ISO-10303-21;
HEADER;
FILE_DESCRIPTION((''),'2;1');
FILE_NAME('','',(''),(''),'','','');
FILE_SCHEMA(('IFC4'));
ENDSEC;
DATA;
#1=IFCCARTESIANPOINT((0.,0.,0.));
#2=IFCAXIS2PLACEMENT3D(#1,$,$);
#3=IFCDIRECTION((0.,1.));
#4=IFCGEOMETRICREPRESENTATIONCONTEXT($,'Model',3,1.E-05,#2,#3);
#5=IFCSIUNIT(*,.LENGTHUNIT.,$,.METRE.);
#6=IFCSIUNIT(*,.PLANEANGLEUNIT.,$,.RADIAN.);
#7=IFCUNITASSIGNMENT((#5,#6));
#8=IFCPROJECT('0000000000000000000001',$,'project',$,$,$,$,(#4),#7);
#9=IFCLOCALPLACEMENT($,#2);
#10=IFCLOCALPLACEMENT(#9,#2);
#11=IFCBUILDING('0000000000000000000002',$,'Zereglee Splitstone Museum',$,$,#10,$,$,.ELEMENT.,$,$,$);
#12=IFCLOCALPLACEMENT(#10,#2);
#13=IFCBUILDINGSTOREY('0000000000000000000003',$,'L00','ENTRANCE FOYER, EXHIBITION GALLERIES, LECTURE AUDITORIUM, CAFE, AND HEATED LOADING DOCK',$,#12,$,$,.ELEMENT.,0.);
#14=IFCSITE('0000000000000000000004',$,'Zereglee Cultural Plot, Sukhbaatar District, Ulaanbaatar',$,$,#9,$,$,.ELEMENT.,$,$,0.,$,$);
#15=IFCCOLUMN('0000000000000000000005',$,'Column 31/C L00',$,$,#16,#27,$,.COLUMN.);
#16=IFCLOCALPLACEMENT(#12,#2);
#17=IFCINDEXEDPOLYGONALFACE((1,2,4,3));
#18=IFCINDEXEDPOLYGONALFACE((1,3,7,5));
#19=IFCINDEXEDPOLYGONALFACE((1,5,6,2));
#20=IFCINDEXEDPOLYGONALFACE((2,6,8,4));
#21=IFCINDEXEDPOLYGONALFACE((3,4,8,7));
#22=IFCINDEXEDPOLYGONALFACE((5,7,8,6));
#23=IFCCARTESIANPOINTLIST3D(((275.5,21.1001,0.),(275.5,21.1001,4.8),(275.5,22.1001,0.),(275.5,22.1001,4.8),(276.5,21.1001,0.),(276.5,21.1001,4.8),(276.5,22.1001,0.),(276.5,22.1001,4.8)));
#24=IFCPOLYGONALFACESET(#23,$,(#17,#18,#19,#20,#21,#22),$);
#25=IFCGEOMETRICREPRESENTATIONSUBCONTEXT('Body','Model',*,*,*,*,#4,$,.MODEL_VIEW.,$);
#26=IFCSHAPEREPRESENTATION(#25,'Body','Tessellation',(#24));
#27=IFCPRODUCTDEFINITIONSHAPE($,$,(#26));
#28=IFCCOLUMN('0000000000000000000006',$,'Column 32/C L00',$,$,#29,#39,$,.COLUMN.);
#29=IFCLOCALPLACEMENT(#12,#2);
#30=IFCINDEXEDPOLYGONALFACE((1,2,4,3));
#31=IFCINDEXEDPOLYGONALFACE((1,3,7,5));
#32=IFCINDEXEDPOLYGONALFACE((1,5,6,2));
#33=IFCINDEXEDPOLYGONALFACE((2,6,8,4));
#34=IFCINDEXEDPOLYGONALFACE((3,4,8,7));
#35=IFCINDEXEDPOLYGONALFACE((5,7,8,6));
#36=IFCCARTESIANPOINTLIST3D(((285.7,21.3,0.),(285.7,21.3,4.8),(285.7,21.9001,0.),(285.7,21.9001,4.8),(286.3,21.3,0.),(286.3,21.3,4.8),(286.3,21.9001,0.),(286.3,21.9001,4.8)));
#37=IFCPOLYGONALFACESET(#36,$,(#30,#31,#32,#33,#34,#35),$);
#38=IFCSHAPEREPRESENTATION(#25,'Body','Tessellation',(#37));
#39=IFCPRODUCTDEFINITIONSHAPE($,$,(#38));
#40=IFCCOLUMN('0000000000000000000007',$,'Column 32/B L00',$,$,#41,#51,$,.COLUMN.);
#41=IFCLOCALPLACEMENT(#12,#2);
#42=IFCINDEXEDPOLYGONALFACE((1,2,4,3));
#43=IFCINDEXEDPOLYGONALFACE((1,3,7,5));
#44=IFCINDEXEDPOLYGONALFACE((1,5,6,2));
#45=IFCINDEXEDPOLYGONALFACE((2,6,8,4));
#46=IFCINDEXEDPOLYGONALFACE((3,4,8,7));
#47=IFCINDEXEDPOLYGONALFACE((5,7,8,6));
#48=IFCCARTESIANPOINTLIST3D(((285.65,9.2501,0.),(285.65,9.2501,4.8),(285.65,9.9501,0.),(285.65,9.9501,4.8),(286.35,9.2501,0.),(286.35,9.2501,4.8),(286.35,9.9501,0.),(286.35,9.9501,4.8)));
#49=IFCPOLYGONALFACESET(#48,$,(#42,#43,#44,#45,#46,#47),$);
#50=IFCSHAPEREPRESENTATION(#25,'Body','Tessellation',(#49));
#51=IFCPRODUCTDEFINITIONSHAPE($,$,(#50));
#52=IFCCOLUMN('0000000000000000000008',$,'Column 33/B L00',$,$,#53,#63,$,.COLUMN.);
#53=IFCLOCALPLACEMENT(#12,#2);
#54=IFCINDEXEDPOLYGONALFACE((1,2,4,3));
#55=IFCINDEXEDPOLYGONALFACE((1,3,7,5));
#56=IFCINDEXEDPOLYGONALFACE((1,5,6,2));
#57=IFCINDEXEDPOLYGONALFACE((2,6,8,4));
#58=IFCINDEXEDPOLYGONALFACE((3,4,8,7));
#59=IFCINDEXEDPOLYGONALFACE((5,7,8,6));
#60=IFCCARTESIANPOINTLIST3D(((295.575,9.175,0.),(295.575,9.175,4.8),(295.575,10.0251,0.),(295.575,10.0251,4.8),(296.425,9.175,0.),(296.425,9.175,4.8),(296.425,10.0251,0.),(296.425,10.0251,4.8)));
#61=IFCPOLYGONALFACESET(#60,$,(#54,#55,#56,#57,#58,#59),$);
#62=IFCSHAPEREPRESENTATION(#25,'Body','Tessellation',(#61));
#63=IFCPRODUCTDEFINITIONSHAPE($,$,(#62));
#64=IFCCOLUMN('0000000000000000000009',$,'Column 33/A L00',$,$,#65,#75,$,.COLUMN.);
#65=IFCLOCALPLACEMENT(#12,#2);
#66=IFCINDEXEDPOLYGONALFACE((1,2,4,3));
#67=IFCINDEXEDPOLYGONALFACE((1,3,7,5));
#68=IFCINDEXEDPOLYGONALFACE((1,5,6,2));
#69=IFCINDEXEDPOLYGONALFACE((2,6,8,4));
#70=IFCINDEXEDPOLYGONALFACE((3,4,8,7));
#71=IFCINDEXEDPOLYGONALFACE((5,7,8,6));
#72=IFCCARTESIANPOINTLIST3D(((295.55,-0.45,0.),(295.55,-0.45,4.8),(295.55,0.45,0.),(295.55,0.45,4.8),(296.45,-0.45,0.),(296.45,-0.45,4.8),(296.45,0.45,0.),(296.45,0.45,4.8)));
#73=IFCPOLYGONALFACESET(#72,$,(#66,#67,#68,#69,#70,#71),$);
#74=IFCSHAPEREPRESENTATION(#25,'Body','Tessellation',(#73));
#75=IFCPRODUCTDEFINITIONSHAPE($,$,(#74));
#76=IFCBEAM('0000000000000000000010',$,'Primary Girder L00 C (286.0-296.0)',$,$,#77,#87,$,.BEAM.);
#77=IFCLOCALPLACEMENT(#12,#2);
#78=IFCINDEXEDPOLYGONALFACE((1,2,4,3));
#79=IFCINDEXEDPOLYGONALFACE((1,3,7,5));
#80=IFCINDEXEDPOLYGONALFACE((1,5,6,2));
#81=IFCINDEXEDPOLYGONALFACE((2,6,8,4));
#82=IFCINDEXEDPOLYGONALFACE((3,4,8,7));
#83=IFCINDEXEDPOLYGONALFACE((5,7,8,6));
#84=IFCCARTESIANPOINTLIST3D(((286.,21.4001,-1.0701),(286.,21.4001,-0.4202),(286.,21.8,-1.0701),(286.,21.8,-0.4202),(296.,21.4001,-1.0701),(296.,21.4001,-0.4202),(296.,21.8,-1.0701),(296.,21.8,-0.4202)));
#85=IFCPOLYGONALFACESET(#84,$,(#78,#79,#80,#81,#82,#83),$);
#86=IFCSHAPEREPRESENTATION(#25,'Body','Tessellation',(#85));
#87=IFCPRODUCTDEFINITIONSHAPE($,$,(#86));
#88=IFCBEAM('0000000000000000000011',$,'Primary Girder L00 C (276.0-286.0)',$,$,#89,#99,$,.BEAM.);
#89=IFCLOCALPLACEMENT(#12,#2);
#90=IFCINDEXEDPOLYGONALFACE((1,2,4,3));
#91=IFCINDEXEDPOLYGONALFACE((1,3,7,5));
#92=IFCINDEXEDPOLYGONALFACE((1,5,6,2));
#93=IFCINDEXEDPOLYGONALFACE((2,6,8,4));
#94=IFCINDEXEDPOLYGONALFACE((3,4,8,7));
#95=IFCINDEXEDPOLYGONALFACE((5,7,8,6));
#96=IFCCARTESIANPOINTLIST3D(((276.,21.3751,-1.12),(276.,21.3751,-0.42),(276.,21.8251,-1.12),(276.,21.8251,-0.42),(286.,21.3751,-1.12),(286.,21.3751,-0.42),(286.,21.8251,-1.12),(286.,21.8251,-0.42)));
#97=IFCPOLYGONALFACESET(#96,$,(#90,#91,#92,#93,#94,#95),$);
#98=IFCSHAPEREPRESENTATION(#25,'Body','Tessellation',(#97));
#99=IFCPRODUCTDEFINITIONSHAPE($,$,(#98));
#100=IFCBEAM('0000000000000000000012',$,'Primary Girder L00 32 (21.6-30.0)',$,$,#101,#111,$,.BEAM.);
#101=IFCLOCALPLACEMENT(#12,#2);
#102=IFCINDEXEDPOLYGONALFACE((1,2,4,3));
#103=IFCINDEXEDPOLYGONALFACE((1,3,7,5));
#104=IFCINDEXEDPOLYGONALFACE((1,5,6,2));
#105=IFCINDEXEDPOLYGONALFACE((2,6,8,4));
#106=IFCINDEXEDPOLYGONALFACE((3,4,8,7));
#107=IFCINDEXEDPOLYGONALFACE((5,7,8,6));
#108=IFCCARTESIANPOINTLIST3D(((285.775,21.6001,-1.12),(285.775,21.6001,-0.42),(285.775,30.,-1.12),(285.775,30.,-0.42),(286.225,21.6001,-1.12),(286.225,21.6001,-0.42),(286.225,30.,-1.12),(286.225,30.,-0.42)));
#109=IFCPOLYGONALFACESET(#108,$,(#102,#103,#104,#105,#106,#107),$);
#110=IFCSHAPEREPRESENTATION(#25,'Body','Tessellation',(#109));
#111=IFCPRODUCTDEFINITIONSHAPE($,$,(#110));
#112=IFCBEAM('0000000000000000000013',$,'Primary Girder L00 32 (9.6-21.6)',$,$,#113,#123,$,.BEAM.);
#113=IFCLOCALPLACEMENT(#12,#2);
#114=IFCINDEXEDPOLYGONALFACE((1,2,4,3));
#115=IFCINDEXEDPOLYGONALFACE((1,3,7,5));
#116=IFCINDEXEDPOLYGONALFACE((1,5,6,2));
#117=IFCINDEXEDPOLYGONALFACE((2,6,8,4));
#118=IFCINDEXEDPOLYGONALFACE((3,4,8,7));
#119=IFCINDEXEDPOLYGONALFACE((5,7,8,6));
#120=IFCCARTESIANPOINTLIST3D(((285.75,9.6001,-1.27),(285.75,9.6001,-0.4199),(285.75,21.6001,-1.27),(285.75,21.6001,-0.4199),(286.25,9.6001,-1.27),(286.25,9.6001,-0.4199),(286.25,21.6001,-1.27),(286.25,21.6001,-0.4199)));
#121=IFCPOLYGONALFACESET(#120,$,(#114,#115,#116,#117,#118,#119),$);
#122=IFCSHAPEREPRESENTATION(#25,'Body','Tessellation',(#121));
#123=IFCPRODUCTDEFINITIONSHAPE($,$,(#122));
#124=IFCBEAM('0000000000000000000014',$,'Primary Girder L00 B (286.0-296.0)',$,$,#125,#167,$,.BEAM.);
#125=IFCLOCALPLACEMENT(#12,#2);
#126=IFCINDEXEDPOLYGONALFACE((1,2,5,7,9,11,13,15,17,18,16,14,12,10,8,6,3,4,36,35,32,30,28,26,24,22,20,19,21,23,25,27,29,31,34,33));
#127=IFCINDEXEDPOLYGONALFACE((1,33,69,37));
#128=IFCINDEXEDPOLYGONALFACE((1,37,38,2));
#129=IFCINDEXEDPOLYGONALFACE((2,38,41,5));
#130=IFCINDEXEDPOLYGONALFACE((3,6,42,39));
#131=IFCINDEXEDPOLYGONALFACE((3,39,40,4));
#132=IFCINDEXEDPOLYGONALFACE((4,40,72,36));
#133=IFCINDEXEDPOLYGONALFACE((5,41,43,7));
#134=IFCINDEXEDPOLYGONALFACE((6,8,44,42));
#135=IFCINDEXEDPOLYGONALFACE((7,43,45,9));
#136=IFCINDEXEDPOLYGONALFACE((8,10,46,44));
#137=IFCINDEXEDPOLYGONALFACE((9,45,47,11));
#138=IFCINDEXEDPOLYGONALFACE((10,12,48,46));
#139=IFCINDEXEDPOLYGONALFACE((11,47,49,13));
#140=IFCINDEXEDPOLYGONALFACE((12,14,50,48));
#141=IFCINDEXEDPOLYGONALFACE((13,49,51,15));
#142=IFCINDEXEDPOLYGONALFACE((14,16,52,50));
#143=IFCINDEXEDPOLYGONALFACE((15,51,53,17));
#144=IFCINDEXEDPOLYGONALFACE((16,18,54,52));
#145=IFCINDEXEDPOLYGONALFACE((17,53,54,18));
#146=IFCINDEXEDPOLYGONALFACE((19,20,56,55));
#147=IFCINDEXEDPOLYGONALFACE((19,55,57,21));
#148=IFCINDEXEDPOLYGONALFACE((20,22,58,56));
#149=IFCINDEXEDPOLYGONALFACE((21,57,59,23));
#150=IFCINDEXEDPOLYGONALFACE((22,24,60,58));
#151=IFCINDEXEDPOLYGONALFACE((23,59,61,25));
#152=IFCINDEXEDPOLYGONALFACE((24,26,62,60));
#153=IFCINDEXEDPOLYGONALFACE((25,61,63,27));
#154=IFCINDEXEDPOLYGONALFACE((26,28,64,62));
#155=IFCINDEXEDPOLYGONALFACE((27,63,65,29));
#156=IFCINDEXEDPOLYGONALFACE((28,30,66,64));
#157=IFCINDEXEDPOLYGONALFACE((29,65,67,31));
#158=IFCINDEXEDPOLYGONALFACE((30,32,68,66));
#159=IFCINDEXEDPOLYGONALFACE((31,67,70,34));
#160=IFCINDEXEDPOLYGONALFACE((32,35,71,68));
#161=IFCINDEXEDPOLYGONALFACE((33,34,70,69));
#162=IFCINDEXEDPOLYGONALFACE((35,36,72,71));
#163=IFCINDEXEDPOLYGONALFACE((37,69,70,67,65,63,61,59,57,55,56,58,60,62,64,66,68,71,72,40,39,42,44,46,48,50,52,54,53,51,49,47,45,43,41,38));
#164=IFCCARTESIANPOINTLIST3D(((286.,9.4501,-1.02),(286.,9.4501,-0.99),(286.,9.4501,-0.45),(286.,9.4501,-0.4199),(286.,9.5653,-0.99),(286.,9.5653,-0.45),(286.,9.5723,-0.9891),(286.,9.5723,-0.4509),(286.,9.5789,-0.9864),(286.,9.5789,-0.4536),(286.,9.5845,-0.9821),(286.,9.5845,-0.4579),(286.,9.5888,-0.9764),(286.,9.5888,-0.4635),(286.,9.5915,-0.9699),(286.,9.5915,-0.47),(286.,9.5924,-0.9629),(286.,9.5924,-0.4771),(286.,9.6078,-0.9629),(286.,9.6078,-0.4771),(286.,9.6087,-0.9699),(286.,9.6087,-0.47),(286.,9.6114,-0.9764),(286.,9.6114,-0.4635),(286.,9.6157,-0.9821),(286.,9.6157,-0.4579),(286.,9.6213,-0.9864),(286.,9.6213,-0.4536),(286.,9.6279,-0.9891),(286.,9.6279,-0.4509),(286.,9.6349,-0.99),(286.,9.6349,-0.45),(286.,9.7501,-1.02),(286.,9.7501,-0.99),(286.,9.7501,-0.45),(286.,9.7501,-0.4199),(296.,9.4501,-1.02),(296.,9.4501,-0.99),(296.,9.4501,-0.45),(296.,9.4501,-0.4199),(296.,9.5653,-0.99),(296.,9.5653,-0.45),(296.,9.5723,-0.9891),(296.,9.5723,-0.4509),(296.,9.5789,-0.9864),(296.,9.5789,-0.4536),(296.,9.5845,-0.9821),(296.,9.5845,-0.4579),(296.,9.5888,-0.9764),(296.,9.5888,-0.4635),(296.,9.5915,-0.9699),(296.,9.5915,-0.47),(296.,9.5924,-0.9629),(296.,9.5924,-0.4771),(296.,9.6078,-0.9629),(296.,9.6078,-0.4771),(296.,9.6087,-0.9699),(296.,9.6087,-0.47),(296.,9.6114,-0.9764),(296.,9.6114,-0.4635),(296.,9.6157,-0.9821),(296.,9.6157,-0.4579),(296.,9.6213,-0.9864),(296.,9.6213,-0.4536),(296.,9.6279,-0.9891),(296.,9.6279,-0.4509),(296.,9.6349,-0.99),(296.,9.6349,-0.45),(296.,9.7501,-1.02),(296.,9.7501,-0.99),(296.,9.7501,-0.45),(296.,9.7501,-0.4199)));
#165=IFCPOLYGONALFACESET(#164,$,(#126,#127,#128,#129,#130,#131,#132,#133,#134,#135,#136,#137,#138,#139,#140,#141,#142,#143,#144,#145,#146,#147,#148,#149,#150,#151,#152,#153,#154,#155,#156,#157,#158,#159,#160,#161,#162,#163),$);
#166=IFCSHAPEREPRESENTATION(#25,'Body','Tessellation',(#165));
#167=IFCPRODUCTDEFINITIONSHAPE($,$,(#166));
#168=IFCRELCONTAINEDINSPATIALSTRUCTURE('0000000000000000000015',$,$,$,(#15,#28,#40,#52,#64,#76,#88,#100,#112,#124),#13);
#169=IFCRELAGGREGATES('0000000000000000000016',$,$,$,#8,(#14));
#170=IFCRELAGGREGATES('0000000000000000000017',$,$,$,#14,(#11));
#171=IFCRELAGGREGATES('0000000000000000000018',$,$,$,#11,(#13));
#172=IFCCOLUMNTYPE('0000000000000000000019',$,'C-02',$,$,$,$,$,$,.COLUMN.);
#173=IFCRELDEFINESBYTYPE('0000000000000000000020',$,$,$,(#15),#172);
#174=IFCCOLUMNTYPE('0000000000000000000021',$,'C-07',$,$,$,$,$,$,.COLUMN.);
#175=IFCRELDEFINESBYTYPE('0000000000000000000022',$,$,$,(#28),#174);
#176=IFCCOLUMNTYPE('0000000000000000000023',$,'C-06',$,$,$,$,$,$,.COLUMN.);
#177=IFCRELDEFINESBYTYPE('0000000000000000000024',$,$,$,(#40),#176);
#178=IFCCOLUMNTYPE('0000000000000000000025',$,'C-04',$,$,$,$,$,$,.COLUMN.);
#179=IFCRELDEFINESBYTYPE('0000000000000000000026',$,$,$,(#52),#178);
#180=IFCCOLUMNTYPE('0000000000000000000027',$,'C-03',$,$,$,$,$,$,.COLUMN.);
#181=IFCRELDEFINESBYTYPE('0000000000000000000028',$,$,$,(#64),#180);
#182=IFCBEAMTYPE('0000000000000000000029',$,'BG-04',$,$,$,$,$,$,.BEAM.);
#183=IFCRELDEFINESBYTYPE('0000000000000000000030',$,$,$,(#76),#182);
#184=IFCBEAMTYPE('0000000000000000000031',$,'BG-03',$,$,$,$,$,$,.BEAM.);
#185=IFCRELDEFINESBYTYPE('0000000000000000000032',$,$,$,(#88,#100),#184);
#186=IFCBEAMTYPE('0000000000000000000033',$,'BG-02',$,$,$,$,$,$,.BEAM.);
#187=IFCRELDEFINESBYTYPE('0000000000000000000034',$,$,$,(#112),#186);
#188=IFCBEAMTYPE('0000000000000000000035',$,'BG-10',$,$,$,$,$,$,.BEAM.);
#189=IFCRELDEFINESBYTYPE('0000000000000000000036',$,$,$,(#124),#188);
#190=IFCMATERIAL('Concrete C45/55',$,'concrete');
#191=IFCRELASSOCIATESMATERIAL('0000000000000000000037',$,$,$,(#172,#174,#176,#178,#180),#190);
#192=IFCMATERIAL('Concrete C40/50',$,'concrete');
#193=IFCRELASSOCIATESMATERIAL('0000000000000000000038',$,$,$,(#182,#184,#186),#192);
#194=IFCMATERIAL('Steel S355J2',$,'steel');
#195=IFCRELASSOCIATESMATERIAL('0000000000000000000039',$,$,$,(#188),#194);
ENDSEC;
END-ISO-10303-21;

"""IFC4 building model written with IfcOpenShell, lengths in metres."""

from ifc_helpers import new_model, si_unit, direction, frame, origin, origin_2d, place, context, subcontext, project, spatial, rectangle, i_section, extrude, material, material_profile, profile_set, type_object, element, save


model = new_model("IFC4")

# Units and contexts
model_context = context("Model", 3, precision=1e-05, world=origin(), true_north=direction((0.0, 1.0)))
body_context = subcontext(model_context, "Body", "Model", "MODEL_VIEW")
ifc_project = project(units=[si_unit("LENGTHUNIT", "METRE"), si_unit("PLANEANGLEUNIT", "RADIAN")], contexts=[model_context])

# Site, building, storey
site_placement = place(None, origin())
site = spatial("IfcSite", under=ifc_project, at=site_placement, Name="Zereglee Cultural Plot, Sukhbaatar District, Ulaanbaatar", CompositionType="ELEMENT", RefElevation=0.0)
building_placement = place(site_placement, origin())
building = spatial("IfcBuilding", under=site, at=building_placement, Name="Zereglee Splitstone Museum", CompositionType="ELEMENT")
storey_placement = place(building_placement, origin())
storey = spatial("IfcBuildingStorey", under=building, at=storey_placement, Name="L00", Description="ENTRANCE FOYER, EXHIBITION GALLERIES, LECTURE AUDITORIUM, CAFE, AND HEATED LOADING DOCK", CompositionType="ELEMENT", Elevation=0.0)

# Columns
ifc_material_1 = material(Name="Concrete C45/55", Category="concrete")
ifc_material_profile_1 = material_profile(ifc_material_1, rectangle(XDim=1.0, YDim=1.0, at=origin_2d()), Name="RC 1000x1000")
ifc_profile_set_1 = profile_set([ifc_material_profile_1], Name="Concrete C45/55")
column_type_1 = type_object("IfcColumnType", Name="C-02", PredefinedType="COLUMN", material=ifc_profile_set_1)
column_1_placement = place(storey_placement, frame((276.0, 21.6001, 0.0), z_axis=(0.0, 0.0, 1.0), x_axis=(1.0, 0.0, 0.0)))
element("IfcColumn", 1, at=column_1_placement, inside=storey, type_object=column_type_1, Name="Column 31/C L00", PredefinedType="COLUMN", context=body_context, shape_type="SweptSolid", body=[
    extrude(rectangle(XDim=1.0, YDim=1.0, at=origin_2d()), origin(), (0.0, 0.0, 1.0), 4.8),
])
ifc_material_profile_2 = material_profile(ifc_material_1, rectangle(XDim=0.6001, YDim=0.6001, at=origin_2d()), Name="RC 600x600")
ifc_profile_set_2 = profile_set([ifc_material_profile_2], Name="Concrete C45/55")
column_type_2 = type_object("IfcColumnType", Name="C-07", PredefinedType="COLUMN", material=ifc_profile_set_2)
column_2_placement = place(storey_placement, frame((286.0, 21.6001, 0.0), z_axis=(0.0, 0.0, 1.0), x_axis=(1.0, 0.0, 0.0)))
element("IfcColumn", 2, at=column_2_placement, inside=storey, type_object=column_type_2, Name="Column 32/C L00", PredefinedType="COLUMN", context=body_context, shape_type="SweptSolid", body=[
    extrude(rectangle(XDim=0.6001, YDim=0.6001, at=origin_2d()), origin(), (0.0, 0.0, 1.0), 4.8),
])
ifc_material_profile_3 = material_profile(ifc_material_1, rectangle(XDim=0.7, YDim=0.7, at=origin_2d()), Name="RC 700x700")
ifc_profile_set_3 = profile_set([ifc_material_profile_3], Name="Concrete C45/55")
column_type_3 = type_object("IfcColumnType", Name="C-06", PredefinedType="COLUMN", material=ifc_profile_set_3)
column_3_placement = place(storey_placement, frame((286.0, 9.6001, 0.0), z_axis=(0.0, 0.0, 1.0), x_axis=(1.0, 0.0, 0.0)))
element("IfcColumn", 3, at=column_3_placement, inside=storey, type_object=column_type_3, Name="Column 32/B L00", PredefinedType="COLUMN", context=body_context, shape_type="SweptSolid", body=[
    extrude(rectangle(XDim=0.7, YDim=0.7, at=origin_2d()), origin(), (0.0, 0.0, 1.0), 4.8),
])
ifc_material_profile_4 = material_profile(ifc_material_1, rectangle(XDim=0.8501, YDim=0.8501, at=origin_2d()), Name="RC 850x850")
ifc_profile_set_4 = profile_set([ifc_material_profile_4], Name="Concrete C45/55")
column_type_4 = type_object("IfcColumnType", Name="C-04", PredefinedType="COLUMN", material=ifc_profile_set_4)
column_4_placement = place(storey_placement, frame((296.0, 9.6001, 0.0), z_axis=(0.0, 0.0, 1.0), x_axis=(1.0, 0.0, 0.0)))
element("IfcColumn", 4, at=column_4_placement, inside=storey, type_object=column_type_4, Name="Column 33/B L00", PredefinedType="COLUMN", context=body_context, shape_type="SweptSolid", body=[
    extrude(rectangle(XDim=0.8501, YDim=0.8501, at=origin_2d()), origin(), (0.0, 0.0, 1.0), 4.8),
])
ifc_material_profile_5 = material_profile(ifc_material_1, rectangle(XDim=0.8999, YDim=0.8999, at=origin_2d()), Name="RC 900x900")
ifc_profile_set_5 = profile_set([ifc_material_profile_5], Name="Concrete C45/55")
column_type_5 = type_object("IfcColumnType", Name="C-03", PredefinedType="COLUMN", material=ifc_profile_set_5)
column_5_placement = place(storey_placement, frame((296.0, 0.0, 0.0), z_axis=(0.0, 0.0, 1.0), x_axis=(1.0, 0.0, 0.0)))
element("IfcColumn", 5, at=column_5_placement, inside=storey, type_object=column_type_5, Name="Column 33/A L00", PredefinedType="COLUMN", context=body_context, shape_type="SweptSolid", body=[
    extrude(rectangle(XDim=0.8999, YDim=0.8999, at=origin_2d()), origin(), (0.0, 0.0, 1.0), 4.8),
])

# Beams
ifc_material_2 = material(Name="Concrete C40/50", Category="concrete")
ifc_material_profile_6 = material_profile(ifc_material_2, rectangle(XDim=0.3999, YDim=0.6499, at=origin_2d()), Name="RC 400x650")
ifc_profile_set_6 = profile_set([ifc_material_profile_6], Name="Concrete C40/50")
beam_type_1 = type_object("IfcBeamType", Name="BG-04", PredefinedType="BEAM", material=ifc_profile_set_6)
beam_1_placement = place(storey_placement, frame((286.0, 21.6001, -0.7451), z_axis=(1.0, 0.0, 0.0), x_axis=(0.0, 1.0, 0.0)))
element("IfcBeam", 6, at=beam_1_placement, inside=storey, type_object=beam_type_1, Name="Primary Girder L00 C (286.0-296.0)", PredefinedType="BEAM", context=body_context, shape_type="SweptSolid", body=[
    extrude(rectangle(XDim=0.3999, YDim=0.6499, at=origin_2d()), origin(), (0.0, 0.0, 1.0), 10.0),
])
ifc_material_profile_7 = material_profile(ifc_material_2, rectangle(XDim=0.45, YDim=0.7, at=origin_2d()), Name="RC 450x700")
ifc_profile_set_7 = profile_set([ifc_material_profile_7], Name="Concrete C40/50")
beam_type_2 = type_object("IfcBeamType", Name="BG-03", PredefinedType="BEAM", material=ifc_profile_set_7)
beam_2_placement = place(storey_placement, frame((276.0, 21.6001, -0.77), z_axis=(1.0, 0.0, 0.0), x_axis=(0.0, 1.0, 0.0)))
element("IfcBeam", 7, at=beam_2_placement, inside=storey, type_object=beam_type_2, Name="Primary Girder L00 C (276.0-286.0)", PredefinedType="BEAM", context=body_context, shape_type="SweptSolid", body=[
    extrude(rectangle(XDim=0.45, YDim=0.7, at=origin_2d()), origin(), (0.0, 0.0, 1.0), 10.0),
])
beam_3_placement = place(storey_placement, frame((286.0, 21.6001, -0.77), z_axis=(0.0, 1.0, 0.0), x_axis=(-1.0, 0.0, 0.0)))
element("IfcBeam", 8, at=beam_3_placement, inside=storey, type_object=beam_type_2, Name="Primary Girder L00 32 (21.6-30.0)", PredefinedType="BEAM", context=body_context, shape_type="SweptSolid", body=[
    extrude(rectangle(XDim=0.45, YDim=0.7, at=origin_2d()), origin(), (0.0, 0.0, 1.0), 8.3999),
])
ifc_material_profile_8 = material_profile(ifc_material_2, rectangle(XDim=0.5, YDim=0.8501, at=origin_2d()), Name="RC 500x850")
ifc_profile_set_8 = profile_set([ifc_material_profile_8], Name="Concrete C40/50")
beam_type_3 = type_object("IfcBeamType", Name="BG-02", PredefinedType="BEAM", material=ifc_profile_set_8)
beam_4_placement = place(storey_placement, frame((286.0, 9.6001, -0.845), z_axis=(0.0, 1.0, 0.0), x_axis=(-1.0, 0.0, 0.0)))
element("IfcBeam", 9, at=beam_4_placement, inside=storey, type_object=beam_type_3, Name="Primary Girder L00 32 (9.6-21.6)", PredefinedType="BEAM", context=body_context, shape_type="SweptSolid", body=[
    extrude(rectangle(XDim=0.5, YDim=0.8501, at=origin_2d()), origin(), (0.0, 0.0, 1.0), 12.0),
])
ifc_material_3 = material(Name="Steel S355J2", Category="steel")
ifc_material_profile_9 = material_profile(ifc_material_3, i_section(OverallWidth=0.3, OverallDepth=0.6001, WebThickness=0.0154, FlangeThickness=0.03, FilletRadius=0.0271, at=origin_2d()), Name="HE 600 B")
ifc_profile_set_9 = profile_set([ifc_material_profile_9], Name="Steel S355J2")
beam_type_4 = type_object("IfcBeamType", Name="BG-10", PredefinedType="BEAM", material=ifc_profile_set_9)
beam_5_placement = place(storey_placement, frame((286.0, 9.6001, -0.72), z_axis=(1.0, 0.0, 0.0), x_axis=(0.0, 1.0, 0.0)))
element("IfcBeam", 10, at=beam_5_placement, inside=storey, type_object=beam_type_4, Name="Primary Girder L00 B (286.0-296.0)", PredefinedType="BEAM", context=body_context, shape_type="SweptSolid", body=[
    extrude(i_section(OverallWidth=0.3, OverallDepth=0.6001, WebThickness=0.0154, FlangeThickness=0.03, FilletRadius=0.0271, at=origin_2d()), origin(), (0.0, 0.0, 1.0), 10.0),
])

save(model, "model.ifc")
